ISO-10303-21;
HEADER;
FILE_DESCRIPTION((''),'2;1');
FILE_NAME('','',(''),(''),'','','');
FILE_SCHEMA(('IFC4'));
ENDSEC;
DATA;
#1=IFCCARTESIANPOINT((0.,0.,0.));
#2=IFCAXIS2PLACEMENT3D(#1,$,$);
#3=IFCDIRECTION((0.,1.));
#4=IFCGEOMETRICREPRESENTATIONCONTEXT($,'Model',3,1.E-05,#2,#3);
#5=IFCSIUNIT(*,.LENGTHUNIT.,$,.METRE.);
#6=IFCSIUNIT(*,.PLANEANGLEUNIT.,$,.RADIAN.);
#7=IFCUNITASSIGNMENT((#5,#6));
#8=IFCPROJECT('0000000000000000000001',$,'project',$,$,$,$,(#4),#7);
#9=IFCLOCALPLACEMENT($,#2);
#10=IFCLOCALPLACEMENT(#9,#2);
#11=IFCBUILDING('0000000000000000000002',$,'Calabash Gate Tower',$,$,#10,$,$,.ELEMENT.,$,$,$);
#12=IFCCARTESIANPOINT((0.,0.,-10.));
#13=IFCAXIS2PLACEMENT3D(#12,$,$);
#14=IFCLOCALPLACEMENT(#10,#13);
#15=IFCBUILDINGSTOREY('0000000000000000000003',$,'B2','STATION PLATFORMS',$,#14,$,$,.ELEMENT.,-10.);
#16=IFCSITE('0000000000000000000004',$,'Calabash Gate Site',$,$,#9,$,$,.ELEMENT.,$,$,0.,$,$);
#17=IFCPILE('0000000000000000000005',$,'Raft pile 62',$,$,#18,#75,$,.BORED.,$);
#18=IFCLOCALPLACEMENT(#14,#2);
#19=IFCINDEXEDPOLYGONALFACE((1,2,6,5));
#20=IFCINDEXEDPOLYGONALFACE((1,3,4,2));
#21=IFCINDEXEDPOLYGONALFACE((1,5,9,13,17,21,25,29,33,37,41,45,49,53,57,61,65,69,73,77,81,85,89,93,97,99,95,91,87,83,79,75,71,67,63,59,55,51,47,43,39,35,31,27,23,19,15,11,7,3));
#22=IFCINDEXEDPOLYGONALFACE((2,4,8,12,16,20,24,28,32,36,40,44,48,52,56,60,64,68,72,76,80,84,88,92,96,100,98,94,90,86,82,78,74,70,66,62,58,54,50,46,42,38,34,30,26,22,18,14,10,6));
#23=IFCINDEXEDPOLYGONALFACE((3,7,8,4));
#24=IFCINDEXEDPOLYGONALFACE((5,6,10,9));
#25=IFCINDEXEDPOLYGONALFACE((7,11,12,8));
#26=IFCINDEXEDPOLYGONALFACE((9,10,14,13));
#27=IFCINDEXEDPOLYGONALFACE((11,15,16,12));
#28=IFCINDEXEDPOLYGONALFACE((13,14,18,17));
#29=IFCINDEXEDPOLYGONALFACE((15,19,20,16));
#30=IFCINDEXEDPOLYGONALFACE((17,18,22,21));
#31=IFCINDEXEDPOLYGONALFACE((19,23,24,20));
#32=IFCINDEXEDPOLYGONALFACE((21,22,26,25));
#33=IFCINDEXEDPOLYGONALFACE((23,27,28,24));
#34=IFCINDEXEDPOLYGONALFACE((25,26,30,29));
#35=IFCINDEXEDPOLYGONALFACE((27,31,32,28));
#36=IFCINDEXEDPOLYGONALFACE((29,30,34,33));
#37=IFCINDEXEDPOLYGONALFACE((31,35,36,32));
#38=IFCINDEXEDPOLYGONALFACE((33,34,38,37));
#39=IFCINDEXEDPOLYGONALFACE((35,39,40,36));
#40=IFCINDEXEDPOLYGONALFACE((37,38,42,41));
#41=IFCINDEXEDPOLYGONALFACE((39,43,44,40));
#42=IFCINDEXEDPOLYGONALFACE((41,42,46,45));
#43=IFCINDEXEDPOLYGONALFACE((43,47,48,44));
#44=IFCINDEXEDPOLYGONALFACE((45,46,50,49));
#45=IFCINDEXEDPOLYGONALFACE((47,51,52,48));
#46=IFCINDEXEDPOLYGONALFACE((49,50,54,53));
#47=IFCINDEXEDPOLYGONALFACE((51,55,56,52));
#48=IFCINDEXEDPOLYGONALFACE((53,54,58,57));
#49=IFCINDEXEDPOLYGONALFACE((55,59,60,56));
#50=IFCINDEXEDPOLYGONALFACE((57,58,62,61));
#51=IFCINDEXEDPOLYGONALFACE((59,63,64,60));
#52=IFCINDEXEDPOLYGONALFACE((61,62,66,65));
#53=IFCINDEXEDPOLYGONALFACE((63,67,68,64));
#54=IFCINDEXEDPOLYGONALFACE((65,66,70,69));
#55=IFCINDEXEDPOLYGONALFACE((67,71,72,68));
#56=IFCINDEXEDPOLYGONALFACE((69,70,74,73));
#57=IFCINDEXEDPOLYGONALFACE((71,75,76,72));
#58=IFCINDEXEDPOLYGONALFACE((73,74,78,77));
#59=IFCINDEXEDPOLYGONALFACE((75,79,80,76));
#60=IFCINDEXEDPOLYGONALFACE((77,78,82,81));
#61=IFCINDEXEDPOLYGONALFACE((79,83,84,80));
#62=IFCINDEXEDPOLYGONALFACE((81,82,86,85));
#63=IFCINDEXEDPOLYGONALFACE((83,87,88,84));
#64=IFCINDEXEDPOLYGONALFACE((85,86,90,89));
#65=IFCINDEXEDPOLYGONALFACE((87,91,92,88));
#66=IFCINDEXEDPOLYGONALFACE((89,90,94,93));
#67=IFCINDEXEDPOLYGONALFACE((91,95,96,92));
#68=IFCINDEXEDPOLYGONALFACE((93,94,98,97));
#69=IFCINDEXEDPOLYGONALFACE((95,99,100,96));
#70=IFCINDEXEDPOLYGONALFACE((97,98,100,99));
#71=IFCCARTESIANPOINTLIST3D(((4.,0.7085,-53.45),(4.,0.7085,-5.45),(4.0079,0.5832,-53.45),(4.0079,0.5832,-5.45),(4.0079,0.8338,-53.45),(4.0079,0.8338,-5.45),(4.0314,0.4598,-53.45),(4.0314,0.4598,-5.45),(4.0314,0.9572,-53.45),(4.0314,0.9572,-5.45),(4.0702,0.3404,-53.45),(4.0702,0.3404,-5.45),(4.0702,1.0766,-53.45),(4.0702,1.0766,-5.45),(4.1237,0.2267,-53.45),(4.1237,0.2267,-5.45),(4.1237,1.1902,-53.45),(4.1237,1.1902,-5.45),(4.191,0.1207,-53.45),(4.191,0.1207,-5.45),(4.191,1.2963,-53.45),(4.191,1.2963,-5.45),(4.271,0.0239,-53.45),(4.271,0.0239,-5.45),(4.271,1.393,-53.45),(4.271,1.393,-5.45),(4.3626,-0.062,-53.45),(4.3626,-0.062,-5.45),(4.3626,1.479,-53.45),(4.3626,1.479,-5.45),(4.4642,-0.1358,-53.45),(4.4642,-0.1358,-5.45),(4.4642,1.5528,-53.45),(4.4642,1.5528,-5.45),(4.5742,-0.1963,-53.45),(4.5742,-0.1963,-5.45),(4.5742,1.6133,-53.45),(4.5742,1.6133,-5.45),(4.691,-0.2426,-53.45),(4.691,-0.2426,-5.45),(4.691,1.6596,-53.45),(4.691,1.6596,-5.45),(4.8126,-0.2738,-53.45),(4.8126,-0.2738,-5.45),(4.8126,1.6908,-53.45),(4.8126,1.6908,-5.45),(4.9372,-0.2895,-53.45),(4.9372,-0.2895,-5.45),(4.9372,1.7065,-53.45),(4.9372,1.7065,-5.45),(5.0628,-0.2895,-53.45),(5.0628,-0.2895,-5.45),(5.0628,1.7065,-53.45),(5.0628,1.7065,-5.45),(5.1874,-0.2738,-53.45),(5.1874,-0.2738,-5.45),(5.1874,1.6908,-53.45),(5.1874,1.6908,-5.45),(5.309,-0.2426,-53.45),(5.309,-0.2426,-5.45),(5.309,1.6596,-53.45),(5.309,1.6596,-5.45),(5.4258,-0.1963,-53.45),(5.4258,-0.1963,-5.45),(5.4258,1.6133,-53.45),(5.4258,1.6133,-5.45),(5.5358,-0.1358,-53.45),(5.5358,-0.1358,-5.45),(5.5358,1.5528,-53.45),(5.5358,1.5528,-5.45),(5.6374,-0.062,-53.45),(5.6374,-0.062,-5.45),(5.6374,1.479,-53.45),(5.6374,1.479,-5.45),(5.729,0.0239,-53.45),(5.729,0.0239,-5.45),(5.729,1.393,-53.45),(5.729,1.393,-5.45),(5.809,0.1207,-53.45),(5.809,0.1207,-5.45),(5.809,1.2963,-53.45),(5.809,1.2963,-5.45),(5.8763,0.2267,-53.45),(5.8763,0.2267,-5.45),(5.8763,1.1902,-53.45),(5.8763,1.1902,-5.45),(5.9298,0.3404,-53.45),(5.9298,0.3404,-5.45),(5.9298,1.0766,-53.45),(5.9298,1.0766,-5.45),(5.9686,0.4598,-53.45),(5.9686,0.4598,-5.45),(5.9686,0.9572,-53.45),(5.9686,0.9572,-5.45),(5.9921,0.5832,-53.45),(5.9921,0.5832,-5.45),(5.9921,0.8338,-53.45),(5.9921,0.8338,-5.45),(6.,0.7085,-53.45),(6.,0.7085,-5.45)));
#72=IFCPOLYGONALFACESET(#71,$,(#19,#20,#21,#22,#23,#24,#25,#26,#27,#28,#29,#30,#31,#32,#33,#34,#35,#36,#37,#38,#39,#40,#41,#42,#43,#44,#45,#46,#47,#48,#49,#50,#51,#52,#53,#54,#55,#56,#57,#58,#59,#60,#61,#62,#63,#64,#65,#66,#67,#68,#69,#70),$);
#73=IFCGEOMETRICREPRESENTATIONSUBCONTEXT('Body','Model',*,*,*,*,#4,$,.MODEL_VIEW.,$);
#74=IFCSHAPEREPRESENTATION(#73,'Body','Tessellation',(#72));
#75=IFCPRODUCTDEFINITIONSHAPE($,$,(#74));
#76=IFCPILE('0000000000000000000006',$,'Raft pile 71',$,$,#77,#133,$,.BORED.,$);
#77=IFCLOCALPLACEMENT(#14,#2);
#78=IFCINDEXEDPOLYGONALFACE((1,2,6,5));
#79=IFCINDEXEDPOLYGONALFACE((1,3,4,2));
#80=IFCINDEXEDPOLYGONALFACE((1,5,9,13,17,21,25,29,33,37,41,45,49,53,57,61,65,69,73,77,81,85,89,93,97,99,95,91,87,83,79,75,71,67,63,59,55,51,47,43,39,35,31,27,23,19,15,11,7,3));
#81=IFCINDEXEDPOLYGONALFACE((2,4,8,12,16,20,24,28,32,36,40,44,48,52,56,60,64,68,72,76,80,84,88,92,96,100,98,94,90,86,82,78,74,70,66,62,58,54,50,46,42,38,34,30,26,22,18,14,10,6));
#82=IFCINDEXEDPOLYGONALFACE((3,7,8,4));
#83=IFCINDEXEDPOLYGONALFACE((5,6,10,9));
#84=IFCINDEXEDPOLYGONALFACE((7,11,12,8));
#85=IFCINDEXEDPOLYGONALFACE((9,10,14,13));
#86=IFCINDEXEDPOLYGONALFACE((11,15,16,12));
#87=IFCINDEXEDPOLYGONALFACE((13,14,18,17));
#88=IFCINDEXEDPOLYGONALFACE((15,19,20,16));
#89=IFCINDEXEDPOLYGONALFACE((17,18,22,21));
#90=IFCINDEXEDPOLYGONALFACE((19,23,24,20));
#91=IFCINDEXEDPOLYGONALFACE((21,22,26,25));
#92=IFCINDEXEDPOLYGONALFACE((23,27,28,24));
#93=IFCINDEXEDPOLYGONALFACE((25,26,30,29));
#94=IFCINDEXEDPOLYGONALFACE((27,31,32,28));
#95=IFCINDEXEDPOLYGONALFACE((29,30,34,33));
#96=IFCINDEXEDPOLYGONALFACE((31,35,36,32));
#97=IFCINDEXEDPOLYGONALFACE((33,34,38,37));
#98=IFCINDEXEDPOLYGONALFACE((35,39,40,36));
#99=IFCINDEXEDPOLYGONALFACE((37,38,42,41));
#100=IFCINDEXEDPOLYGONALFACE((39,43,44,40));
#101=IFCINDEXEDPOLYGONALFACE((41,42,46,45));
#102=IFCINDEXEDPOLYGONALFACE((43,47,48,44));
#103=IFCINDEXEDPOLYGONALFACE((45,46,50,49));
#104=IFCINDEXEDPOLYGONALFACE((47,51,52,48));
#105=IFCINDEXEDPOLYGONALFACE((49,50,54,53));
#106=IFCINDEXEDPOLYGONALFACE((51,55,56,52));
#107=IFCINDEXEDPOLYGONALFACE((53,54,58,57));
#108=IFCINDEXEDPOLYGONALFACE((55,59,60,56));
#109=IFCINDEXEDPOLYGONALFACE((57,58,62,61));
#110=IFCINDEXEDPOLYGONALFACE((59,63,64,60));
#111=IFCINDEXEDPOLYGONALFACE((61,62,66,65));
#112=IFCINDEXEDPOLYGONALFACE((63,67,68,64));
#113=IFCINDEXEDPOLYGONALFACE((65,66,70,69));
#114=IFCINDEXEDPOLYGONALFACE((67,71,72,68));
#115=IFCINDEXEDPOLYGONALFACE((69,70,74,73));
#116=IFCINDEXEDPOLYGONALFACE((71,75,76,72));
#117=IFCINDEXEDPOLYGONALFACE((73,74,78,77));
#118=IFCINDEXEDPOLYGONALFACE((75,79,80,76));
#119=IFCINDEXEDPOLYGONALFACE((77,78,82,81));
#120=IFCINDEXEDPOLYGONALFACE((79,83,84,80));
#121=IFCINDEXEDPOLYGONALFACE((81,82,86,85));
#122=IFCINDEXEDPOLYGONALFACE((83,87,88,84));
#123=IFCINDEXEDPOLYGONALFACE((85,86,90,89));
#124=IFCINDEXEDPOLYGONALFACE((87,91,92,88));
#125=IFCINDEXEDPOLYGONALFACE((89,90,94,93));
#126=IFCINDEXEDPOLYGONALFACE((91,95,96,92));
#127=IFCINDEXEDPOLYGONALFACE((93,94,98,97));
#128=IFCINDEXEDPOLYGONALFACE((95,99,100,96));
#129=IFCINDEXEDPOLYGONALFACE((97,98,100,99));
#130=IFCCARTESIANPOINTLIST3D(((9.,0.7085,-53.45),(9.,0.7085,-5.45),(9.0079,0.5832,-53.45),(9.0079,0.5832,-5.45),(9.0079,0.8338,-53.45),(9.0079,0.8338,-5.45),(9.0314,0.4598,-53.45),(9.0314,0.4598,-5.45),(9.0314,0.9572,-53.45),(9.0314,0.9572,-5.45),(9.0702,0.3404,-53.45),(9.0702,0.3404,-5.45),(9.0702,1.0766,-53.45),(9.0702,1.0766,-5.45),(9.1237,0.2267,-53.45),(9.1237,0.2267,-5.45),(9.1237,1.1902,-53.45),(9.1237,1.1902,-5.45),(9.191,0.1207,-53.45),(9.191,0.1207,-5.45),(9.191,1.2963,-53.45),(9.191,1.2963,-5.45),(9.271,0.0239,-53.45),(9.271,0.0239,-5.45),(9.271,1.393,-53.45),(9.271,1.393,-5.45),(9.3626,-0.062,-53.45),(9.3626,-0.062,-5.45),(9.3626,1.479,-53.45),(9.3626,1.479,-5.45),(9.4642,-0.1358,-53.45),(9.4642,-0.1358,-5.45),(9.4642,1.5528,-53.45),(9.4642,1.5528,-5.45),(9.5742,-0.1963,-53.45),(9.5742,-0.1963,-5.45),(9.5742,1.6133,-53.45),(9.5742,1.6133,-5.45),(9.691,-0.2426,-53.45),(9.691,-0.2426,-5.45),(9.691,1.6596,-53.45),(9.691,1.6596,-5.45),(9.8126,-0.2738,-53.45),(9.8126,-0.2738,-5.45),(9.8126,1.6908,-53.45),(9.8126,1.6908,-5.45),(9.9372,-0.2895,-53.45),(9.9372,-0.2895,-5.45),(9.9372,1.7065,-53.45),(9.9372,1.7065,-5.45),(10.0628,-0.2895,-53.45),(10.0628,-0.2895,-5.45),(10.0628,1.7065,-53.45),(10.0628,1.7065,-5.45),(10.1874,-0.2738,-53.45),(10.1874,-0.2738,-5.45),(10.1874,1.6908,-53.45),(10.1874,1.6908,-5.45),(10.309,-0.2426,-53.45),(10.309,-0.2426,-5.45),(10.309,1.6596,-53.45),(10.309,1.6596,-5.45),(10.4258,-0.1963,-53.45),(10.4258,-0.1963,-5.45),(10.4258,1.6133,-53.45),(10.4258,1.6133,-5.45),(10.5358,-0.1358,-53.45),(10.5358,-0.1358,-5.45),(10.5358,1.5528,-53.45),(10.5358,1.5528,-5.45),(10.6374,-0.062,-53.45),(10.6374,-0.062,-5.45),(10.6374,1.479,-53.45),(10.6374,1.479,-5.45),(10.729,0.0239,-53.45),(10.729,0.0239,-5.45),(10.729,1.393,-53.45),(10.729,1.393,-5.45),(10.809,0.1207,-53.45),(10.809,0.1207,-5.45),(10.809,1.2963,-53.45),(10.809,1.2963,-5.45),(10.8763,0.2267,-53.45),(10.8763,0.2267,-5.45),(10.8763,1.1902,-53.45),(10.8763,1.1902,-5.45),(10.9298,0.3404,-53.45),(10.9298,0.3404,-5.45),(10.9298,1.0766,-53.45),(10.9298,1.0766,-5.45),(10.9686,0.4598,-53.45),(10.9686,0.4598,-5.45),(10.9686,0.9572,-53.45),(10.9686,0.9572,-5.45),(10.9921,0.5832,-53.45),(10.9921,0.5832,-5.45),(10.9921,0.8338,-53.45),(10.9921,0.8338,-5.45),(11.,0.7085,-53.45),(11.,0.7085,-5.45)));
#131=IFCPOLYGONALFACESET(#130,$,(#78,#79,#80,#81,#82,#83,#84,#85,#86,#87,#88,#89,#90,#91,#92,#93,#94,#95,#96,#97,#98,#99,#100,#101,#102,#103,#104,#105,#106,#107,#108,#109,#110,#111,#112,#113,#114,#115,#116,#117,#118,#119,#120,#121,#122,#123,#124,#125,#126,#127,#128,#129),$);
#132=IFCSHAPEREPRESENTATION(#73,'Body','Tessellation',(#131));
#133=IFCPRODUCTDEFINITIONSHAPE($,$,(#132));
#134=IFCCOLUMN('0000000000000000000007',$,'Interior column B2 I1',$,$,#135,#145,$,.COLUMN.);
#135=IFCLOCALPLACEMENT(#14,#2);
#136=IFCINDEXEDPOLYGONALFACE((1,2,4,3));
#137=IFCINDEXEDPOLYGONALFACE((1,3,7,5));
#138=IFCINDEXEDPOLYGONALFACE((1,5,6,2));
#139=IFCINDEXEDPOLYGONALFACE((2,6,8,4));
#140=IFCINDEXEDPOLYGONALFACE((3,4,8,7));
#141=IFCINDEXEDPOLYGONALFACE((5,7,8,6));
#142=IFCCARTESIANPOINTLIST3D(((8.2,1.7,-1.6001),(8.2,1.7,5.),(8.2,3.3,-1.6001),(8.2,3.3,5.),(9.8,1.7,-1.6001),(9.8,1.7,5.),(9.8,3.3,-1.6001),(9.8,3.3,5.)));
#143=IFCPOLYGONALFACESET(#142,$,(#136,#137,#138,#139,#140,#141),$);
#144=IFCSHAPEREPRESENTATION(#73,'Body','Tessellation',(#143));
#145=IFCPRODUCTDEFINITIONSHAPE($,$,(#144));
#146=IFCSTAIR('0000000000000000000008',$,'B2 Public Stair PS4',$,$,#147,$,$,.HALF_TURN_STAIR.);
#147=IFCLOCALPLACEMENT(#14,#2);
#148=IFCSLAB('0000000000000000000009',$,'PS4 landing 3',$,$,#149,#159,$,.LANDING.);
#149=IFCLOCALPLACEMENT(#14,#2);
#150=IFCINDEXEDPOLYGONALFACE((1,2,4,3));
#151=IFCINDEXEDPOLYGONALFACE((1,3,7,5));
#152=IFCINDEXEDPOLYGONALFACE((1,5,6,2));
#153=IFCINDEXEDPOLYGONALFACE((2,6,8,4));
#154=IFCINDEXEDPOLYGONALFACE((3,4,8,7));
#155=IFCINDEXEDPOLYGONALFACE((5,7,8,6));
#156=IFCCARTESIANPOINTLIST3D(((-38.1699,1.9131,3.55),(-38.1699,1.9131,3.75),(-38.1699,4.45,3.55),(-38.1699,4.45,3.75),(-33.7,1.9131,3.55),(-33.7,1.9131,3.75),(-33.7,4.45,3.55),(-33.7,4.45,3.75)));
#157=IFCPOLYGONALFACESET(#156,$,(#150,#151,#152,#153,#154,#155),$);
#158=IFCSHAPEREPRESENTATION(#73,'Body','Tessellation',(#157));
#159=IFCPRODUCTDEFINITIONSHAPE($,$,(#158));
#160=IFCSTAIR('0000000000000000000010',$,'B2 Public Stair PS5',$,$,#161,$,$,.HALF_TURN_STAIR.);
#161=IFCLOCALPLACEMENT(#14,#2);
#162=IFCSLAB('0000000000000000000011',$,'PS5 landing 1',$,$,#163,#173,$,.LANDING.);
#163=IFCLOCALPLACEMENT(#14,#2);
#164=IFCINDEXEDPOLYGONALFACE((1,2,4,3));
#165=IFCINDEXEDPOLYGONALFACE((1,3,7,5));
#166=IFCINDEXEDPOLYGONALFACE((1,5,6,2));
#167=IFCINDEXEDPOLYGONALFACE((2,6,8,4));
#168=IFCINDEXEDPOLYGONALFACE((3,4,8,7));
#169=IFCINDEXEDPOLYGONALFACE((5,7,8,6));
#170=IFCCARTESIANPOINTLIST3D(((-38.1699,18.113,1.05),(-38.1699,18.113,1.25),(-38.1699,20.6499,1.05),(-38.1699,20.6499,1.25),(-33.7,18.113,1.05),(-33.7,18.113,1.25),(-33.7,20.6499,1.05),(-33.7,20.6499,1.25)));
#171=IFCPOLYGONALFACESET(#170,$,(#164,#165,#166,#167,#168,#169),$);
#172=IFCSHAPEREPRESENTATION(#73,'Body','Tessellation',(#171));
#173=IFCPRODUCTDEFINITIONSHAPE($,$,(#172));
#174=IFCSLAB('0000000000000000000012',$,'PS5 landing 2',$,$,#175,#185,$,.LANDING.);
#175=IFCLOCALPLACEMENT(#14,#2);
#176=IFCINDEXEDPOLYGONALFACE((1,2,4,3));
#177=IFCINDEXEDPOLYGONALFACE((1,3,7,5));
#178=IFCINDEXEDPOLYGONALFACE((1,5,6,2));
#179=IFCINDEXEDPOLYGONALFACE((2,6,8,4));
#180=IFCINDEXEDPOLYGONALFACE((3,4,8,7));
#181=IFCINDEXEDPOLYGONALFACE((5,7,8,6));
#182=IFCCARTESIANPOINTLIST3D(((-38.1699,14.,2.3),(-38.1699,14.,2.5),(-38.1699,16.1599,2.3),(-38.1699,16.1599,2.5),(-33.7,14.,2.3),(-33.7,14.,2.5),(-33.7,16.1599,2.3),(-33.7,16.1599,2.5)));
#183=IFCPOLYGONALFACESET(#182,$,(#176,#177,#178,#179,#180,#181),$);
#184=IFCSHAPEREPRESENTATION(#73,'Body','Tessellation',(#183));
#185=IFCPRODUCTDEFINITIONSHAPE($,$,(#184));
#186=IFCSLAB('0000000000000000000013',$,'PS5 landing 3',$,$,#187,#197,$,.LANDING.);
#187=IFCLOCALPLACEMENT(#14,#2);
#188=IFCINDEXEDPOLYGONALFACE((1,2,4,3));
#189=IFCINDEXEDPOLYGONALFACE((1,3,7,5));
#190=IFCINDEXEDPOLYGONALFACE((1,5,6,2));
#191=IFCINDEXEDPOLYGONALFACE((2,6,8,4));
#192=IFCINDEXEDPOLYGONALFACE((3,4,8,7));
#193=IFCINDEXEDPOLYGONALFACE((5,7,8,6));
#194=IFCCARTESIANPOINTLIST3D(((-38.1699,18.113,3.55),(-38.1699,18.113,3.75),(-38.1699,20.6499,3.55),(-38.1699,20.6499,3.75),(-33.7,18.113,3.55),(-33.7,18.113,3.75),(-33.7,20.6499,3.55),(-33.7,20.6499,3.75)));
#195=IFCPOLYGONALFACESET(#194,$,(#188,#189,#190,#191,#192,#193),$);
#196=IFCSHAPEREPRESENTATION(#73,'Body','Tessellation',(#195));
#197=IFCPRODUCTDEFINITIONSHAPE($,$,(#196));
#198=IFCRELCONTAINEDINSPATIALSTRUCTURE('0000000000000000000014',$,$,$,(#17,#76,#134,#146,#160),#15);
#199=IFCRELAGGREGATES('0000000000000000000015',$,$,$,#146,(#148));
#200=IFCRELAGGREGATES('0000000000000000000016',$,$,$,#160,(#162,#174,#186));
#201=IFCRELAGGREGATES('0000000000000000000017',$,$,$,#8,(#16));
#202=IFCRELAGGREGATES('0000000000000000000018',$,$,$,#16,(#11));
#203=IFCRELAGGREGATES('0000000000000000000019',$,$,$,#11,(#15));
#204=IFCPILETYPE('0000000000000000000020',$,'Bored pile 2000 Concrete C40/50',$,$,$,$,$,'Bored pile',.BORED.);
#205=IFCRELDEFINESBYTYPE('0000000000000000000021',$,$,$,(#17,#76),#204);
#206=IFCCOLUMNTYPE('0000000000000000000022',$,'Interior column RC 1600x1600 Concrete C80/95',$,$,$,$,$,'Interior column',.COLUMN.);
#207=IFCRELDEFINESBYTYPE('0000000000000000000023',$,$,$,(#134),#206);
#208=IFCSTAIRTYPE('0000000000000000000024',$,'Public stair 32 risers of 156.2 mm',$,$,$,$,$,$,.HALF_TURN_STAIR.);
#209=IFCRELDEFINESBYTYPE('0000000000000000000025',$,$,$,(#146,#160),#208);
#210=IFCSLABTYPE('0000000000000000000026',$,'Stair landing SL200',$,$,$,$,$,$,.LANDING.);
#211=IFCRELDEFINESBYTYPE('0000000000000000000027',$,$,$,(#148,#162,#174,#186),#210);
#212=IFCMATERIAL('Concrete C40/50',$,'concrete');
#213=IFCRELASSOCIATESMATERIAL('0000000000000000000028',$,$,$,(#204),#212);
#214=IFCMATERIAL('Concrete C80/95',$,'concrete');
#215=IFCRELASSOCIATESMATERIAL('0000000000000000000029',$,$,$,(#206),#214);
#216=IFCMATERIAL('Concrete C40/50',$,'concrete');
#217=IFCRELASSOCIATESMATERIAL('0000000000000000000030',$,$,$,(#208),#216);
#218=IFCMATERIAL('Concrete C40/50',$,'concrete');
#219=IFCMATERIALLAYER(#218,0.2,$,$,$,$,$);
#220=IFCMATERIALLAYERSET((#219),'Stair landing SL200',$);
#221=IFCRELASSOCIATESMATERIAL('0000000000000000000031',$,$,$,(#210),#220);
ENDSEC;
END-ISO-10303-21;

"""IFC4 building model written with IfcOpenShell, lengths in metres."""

from ifc_helpers import new_model, si_unit, direction, frame, origin, origin_2d, place, context, subcontext, project, spatial, polyline, rectangle, circle, outline, extrude, material, layer, layer_set, material_profile, profile_set, type_object, element, aggregate, save


model = new_model("IFC4")

# Units and contexts
model_context = context("Model", 3, precision=1e-05, world=origin(), true_north=direction((0.0, 1.0)))
body_context = subcontext(model_context, "Body", "Model", "MODEL_VIEW")
ifc_project = project(units=[si_unit("LENGTHUNIT", "METRE"), si_unit("PLANEANGLEUNIT", "RADIAN")], contexts=[model_context])

# Site, building, storey
site_placement = place(None, origin())
site = spatial("IfcSite", under=ifc_project, at=site_placement, Name="Calabash Gate Site", CompositionType="ELEMENT", RefElevation=0.0)
building_placement = place(site_placement, origin())
building = spatial("IfcBuilding", under=site, at=building_placement, Name="Calabash Gate Tower", CompositionType="ELEMENT")
storey_placement = place(building_placement, frame((0.0, 0.0, -10.0)))
storey = spatial("IfcBuildingStorey", under=building, at=storey_placement, Name="B2", Description="STATION PLATFORMS", CompositionType="ELEMENT", Elevation=-10.0)

# Piles
ifc_material_1 = material(Name="Concrete C40/50", Category="concrete")
ifc_material_profile_1 = material_profile(ifc_material_1, circle(Radius=1.0, at=origin_2d()))
ifc_profile_set_1 = profile_set([ifc_material_profile_1], Name="Concrete C40/50")
pile_type = type_object("IfcPileType", Name="Bored pile 2000 Concrete C40/50", ElementType="Bored pile", PredefinedType="BORED", material=ifc_profile_set_1)
for number, where, z_axis, x_axis, name in (
    (1, (5.0, 0.7085, -5.45), (0.0, 0.0, -1.0), (1.0, 0.0, 0.0), "Raft pile 62"),
    (2, (10.0, 0.7085, -5.45), (0.0, 0.0, -1.0), (1.0, 0.0, 0.0), "Raft pile 71"),
):
    element("IfcPile", number, at=place(storey_placement, frame(where, z_axis=z_axis, x_axis=x_axis)), inside=storey, type_object=pile_type, Name=name, PredefinedType="BORED", context=body_context, shape_type="SweptSolid", body=[
        extrude(circle(Radius=1.0, at=origin_2d()), origin(), (0.0, 0.0, 1.0), 48.0),
    ])

# Column
ifc_material_2 = material(Name="Concrete C80/95", Category="concrete")
ifc_material_profile_2 = material_profile(ifc_material_2, rectangle(XDim=1.6001, YDim=1.6001, at=origin_2d()))
ifc_profile_set_2 = profile_set([ifc_material_profile_2], Name="Concrete C80/95")
column_type = type_object("IfcColumnType", Name="Interior column RC 1600x1600 Concrete C80/95", ElementType="Interior column", PredefinedType="COLUMN", material=ifc_profile_set_2)
column_placement = place(storey_placement, frame((9.0, 2.5, -1.6001), z_axis=(0.0, 0.0, 1.0), x_axis=(1.0, 0.0, 0.0)))
element("IfcColumn", 3, at=column_placement, inside=storey, type_object=column_type, Name="Interior column B2 I1", PredefinedType="COLUMN", context=body_context, shape_type="SweptSolid", body=[
    extrude(rectangle(XDim=1.6001, YDim=1.6001, at=origin_2d()), origin(), (0.0, 0.0, 1.0), 6.6001),
])

# Stair, slab
ifc_material_3 = material(Name="Concrete C40/50", Category="concrete")
stair_type = type_object("IfcStairType", Name="Public stair 32 risers of 156.2 mm", PredefinedType="HALF_TURN_STAIR", material=ifc_material_3)
stair_1_placement = place(storey_placement, origin())
stair_1 = element("IfcStair", 4, at=stair_1_placement, inside=storey, type_object=stair_type, Name="B2 Public Stair PS4", PredefinedType="HALF_TURN_STAIR")
ifc_material_4 = material(Name="Concrete C40/50", Category="concrete")
ifc_layer_1 = layer(ifc_material_4, 0.2)
ifc_layer_set_1 = layer_set([ifc_layer_1], Name="Stair landing SL200")
slab_type = type_object("IfcSlabType", Name="Stair landing SL200", PredefinedType="LANDING", material=ifc_layer_set_1)
slab_1_placement = place(storey_placement, frame((0.0, 0.0, 3.55)))
slab_1 = element("IfcSlab", 5, at=slab_1_placement, type_object=slab_type, Name="PS4 landing 3", PredefinedType="LANDING", context=body_context, shape_type="SweptSolid", body=[
    extrude(outline(polyline([(-33.7, 1.9131), (-33.7, 4.45), (-38.1699, 4.45), (-38.1699, 1.9131), (-33.7, 1.9131)])), origin(), (0.0, 0.0, 1.0), 0.2),
])
aggregate(stair_1, [slab_1])

# Stair, slabs
stair_2_placement = place(storey_placement, origin())
stair_2 = element("IfcStair", 6, at=stair_2_placement, inside=storey, type_object=stair_type, Name="B2 Public Stair PS5", PredefinedType="HALF_TURN_STAIR")
slab_2_placement = place(storey_placement, frame((0.0, 0.0, 1.05)))
slab_2 = element("IfcSlab", 7, at=slab_2_placement, type_object=slab_type, Name="PS5 landing 1", PredefinedType="LANDING", context=body_context, shape_type="SweptSolid", body=[
    extrude(outline(polyline([(-33.7, 18.113), (-33.7, 20.6499), (-38.1699, 20.6499), (-38.1699, 18.113), (-33.7, 18.113)])), origin(), (0.0, 0.0, 1.0), 0.2),
])
slab_3_placement = place(storey_placement, frame((0.0, 0.0, 2.3)))
slab_3 = element("IfcSlab", 8, at=slab_3_placement, type_object=slab_type, Name="PS5 landing 2", PredefinedType="LANDING", context=body_context, shape_type="SweptSolid", body=[
    extrude(outline(polyline([(-33.7, 14.0), (-33.7, 16.1599), (-38.1699, 16.1599), (-38.1699, 14.0), (-33.7, 14.0)])), origin(), (0.0, 0.0, 1.0), 0.2),
])
slab_4_placement = place(storey_placement, frame((0.0, 0.0, 3.55)))
slab_4 = element("IfcSlab", 9, at=slab_4_placement, type_object=slab_type, Name="PS5 landing 3", PredefinedType="LANDING", context=body_context, shape_type="SweptSolid", body=[
    extrude(outline(polyline([(-33.7, 18.113), (-33.7, 20.6499), (-38.1699, 20.6499), (-38.1699, 18.113), (-33.7, 18.113)])), origin(), (0.0, 0.0, 1.0), 0.2),
])
aggregate(stair_2, [slab_2, slab_3, slab_4])

save(model, "model.ifc")
